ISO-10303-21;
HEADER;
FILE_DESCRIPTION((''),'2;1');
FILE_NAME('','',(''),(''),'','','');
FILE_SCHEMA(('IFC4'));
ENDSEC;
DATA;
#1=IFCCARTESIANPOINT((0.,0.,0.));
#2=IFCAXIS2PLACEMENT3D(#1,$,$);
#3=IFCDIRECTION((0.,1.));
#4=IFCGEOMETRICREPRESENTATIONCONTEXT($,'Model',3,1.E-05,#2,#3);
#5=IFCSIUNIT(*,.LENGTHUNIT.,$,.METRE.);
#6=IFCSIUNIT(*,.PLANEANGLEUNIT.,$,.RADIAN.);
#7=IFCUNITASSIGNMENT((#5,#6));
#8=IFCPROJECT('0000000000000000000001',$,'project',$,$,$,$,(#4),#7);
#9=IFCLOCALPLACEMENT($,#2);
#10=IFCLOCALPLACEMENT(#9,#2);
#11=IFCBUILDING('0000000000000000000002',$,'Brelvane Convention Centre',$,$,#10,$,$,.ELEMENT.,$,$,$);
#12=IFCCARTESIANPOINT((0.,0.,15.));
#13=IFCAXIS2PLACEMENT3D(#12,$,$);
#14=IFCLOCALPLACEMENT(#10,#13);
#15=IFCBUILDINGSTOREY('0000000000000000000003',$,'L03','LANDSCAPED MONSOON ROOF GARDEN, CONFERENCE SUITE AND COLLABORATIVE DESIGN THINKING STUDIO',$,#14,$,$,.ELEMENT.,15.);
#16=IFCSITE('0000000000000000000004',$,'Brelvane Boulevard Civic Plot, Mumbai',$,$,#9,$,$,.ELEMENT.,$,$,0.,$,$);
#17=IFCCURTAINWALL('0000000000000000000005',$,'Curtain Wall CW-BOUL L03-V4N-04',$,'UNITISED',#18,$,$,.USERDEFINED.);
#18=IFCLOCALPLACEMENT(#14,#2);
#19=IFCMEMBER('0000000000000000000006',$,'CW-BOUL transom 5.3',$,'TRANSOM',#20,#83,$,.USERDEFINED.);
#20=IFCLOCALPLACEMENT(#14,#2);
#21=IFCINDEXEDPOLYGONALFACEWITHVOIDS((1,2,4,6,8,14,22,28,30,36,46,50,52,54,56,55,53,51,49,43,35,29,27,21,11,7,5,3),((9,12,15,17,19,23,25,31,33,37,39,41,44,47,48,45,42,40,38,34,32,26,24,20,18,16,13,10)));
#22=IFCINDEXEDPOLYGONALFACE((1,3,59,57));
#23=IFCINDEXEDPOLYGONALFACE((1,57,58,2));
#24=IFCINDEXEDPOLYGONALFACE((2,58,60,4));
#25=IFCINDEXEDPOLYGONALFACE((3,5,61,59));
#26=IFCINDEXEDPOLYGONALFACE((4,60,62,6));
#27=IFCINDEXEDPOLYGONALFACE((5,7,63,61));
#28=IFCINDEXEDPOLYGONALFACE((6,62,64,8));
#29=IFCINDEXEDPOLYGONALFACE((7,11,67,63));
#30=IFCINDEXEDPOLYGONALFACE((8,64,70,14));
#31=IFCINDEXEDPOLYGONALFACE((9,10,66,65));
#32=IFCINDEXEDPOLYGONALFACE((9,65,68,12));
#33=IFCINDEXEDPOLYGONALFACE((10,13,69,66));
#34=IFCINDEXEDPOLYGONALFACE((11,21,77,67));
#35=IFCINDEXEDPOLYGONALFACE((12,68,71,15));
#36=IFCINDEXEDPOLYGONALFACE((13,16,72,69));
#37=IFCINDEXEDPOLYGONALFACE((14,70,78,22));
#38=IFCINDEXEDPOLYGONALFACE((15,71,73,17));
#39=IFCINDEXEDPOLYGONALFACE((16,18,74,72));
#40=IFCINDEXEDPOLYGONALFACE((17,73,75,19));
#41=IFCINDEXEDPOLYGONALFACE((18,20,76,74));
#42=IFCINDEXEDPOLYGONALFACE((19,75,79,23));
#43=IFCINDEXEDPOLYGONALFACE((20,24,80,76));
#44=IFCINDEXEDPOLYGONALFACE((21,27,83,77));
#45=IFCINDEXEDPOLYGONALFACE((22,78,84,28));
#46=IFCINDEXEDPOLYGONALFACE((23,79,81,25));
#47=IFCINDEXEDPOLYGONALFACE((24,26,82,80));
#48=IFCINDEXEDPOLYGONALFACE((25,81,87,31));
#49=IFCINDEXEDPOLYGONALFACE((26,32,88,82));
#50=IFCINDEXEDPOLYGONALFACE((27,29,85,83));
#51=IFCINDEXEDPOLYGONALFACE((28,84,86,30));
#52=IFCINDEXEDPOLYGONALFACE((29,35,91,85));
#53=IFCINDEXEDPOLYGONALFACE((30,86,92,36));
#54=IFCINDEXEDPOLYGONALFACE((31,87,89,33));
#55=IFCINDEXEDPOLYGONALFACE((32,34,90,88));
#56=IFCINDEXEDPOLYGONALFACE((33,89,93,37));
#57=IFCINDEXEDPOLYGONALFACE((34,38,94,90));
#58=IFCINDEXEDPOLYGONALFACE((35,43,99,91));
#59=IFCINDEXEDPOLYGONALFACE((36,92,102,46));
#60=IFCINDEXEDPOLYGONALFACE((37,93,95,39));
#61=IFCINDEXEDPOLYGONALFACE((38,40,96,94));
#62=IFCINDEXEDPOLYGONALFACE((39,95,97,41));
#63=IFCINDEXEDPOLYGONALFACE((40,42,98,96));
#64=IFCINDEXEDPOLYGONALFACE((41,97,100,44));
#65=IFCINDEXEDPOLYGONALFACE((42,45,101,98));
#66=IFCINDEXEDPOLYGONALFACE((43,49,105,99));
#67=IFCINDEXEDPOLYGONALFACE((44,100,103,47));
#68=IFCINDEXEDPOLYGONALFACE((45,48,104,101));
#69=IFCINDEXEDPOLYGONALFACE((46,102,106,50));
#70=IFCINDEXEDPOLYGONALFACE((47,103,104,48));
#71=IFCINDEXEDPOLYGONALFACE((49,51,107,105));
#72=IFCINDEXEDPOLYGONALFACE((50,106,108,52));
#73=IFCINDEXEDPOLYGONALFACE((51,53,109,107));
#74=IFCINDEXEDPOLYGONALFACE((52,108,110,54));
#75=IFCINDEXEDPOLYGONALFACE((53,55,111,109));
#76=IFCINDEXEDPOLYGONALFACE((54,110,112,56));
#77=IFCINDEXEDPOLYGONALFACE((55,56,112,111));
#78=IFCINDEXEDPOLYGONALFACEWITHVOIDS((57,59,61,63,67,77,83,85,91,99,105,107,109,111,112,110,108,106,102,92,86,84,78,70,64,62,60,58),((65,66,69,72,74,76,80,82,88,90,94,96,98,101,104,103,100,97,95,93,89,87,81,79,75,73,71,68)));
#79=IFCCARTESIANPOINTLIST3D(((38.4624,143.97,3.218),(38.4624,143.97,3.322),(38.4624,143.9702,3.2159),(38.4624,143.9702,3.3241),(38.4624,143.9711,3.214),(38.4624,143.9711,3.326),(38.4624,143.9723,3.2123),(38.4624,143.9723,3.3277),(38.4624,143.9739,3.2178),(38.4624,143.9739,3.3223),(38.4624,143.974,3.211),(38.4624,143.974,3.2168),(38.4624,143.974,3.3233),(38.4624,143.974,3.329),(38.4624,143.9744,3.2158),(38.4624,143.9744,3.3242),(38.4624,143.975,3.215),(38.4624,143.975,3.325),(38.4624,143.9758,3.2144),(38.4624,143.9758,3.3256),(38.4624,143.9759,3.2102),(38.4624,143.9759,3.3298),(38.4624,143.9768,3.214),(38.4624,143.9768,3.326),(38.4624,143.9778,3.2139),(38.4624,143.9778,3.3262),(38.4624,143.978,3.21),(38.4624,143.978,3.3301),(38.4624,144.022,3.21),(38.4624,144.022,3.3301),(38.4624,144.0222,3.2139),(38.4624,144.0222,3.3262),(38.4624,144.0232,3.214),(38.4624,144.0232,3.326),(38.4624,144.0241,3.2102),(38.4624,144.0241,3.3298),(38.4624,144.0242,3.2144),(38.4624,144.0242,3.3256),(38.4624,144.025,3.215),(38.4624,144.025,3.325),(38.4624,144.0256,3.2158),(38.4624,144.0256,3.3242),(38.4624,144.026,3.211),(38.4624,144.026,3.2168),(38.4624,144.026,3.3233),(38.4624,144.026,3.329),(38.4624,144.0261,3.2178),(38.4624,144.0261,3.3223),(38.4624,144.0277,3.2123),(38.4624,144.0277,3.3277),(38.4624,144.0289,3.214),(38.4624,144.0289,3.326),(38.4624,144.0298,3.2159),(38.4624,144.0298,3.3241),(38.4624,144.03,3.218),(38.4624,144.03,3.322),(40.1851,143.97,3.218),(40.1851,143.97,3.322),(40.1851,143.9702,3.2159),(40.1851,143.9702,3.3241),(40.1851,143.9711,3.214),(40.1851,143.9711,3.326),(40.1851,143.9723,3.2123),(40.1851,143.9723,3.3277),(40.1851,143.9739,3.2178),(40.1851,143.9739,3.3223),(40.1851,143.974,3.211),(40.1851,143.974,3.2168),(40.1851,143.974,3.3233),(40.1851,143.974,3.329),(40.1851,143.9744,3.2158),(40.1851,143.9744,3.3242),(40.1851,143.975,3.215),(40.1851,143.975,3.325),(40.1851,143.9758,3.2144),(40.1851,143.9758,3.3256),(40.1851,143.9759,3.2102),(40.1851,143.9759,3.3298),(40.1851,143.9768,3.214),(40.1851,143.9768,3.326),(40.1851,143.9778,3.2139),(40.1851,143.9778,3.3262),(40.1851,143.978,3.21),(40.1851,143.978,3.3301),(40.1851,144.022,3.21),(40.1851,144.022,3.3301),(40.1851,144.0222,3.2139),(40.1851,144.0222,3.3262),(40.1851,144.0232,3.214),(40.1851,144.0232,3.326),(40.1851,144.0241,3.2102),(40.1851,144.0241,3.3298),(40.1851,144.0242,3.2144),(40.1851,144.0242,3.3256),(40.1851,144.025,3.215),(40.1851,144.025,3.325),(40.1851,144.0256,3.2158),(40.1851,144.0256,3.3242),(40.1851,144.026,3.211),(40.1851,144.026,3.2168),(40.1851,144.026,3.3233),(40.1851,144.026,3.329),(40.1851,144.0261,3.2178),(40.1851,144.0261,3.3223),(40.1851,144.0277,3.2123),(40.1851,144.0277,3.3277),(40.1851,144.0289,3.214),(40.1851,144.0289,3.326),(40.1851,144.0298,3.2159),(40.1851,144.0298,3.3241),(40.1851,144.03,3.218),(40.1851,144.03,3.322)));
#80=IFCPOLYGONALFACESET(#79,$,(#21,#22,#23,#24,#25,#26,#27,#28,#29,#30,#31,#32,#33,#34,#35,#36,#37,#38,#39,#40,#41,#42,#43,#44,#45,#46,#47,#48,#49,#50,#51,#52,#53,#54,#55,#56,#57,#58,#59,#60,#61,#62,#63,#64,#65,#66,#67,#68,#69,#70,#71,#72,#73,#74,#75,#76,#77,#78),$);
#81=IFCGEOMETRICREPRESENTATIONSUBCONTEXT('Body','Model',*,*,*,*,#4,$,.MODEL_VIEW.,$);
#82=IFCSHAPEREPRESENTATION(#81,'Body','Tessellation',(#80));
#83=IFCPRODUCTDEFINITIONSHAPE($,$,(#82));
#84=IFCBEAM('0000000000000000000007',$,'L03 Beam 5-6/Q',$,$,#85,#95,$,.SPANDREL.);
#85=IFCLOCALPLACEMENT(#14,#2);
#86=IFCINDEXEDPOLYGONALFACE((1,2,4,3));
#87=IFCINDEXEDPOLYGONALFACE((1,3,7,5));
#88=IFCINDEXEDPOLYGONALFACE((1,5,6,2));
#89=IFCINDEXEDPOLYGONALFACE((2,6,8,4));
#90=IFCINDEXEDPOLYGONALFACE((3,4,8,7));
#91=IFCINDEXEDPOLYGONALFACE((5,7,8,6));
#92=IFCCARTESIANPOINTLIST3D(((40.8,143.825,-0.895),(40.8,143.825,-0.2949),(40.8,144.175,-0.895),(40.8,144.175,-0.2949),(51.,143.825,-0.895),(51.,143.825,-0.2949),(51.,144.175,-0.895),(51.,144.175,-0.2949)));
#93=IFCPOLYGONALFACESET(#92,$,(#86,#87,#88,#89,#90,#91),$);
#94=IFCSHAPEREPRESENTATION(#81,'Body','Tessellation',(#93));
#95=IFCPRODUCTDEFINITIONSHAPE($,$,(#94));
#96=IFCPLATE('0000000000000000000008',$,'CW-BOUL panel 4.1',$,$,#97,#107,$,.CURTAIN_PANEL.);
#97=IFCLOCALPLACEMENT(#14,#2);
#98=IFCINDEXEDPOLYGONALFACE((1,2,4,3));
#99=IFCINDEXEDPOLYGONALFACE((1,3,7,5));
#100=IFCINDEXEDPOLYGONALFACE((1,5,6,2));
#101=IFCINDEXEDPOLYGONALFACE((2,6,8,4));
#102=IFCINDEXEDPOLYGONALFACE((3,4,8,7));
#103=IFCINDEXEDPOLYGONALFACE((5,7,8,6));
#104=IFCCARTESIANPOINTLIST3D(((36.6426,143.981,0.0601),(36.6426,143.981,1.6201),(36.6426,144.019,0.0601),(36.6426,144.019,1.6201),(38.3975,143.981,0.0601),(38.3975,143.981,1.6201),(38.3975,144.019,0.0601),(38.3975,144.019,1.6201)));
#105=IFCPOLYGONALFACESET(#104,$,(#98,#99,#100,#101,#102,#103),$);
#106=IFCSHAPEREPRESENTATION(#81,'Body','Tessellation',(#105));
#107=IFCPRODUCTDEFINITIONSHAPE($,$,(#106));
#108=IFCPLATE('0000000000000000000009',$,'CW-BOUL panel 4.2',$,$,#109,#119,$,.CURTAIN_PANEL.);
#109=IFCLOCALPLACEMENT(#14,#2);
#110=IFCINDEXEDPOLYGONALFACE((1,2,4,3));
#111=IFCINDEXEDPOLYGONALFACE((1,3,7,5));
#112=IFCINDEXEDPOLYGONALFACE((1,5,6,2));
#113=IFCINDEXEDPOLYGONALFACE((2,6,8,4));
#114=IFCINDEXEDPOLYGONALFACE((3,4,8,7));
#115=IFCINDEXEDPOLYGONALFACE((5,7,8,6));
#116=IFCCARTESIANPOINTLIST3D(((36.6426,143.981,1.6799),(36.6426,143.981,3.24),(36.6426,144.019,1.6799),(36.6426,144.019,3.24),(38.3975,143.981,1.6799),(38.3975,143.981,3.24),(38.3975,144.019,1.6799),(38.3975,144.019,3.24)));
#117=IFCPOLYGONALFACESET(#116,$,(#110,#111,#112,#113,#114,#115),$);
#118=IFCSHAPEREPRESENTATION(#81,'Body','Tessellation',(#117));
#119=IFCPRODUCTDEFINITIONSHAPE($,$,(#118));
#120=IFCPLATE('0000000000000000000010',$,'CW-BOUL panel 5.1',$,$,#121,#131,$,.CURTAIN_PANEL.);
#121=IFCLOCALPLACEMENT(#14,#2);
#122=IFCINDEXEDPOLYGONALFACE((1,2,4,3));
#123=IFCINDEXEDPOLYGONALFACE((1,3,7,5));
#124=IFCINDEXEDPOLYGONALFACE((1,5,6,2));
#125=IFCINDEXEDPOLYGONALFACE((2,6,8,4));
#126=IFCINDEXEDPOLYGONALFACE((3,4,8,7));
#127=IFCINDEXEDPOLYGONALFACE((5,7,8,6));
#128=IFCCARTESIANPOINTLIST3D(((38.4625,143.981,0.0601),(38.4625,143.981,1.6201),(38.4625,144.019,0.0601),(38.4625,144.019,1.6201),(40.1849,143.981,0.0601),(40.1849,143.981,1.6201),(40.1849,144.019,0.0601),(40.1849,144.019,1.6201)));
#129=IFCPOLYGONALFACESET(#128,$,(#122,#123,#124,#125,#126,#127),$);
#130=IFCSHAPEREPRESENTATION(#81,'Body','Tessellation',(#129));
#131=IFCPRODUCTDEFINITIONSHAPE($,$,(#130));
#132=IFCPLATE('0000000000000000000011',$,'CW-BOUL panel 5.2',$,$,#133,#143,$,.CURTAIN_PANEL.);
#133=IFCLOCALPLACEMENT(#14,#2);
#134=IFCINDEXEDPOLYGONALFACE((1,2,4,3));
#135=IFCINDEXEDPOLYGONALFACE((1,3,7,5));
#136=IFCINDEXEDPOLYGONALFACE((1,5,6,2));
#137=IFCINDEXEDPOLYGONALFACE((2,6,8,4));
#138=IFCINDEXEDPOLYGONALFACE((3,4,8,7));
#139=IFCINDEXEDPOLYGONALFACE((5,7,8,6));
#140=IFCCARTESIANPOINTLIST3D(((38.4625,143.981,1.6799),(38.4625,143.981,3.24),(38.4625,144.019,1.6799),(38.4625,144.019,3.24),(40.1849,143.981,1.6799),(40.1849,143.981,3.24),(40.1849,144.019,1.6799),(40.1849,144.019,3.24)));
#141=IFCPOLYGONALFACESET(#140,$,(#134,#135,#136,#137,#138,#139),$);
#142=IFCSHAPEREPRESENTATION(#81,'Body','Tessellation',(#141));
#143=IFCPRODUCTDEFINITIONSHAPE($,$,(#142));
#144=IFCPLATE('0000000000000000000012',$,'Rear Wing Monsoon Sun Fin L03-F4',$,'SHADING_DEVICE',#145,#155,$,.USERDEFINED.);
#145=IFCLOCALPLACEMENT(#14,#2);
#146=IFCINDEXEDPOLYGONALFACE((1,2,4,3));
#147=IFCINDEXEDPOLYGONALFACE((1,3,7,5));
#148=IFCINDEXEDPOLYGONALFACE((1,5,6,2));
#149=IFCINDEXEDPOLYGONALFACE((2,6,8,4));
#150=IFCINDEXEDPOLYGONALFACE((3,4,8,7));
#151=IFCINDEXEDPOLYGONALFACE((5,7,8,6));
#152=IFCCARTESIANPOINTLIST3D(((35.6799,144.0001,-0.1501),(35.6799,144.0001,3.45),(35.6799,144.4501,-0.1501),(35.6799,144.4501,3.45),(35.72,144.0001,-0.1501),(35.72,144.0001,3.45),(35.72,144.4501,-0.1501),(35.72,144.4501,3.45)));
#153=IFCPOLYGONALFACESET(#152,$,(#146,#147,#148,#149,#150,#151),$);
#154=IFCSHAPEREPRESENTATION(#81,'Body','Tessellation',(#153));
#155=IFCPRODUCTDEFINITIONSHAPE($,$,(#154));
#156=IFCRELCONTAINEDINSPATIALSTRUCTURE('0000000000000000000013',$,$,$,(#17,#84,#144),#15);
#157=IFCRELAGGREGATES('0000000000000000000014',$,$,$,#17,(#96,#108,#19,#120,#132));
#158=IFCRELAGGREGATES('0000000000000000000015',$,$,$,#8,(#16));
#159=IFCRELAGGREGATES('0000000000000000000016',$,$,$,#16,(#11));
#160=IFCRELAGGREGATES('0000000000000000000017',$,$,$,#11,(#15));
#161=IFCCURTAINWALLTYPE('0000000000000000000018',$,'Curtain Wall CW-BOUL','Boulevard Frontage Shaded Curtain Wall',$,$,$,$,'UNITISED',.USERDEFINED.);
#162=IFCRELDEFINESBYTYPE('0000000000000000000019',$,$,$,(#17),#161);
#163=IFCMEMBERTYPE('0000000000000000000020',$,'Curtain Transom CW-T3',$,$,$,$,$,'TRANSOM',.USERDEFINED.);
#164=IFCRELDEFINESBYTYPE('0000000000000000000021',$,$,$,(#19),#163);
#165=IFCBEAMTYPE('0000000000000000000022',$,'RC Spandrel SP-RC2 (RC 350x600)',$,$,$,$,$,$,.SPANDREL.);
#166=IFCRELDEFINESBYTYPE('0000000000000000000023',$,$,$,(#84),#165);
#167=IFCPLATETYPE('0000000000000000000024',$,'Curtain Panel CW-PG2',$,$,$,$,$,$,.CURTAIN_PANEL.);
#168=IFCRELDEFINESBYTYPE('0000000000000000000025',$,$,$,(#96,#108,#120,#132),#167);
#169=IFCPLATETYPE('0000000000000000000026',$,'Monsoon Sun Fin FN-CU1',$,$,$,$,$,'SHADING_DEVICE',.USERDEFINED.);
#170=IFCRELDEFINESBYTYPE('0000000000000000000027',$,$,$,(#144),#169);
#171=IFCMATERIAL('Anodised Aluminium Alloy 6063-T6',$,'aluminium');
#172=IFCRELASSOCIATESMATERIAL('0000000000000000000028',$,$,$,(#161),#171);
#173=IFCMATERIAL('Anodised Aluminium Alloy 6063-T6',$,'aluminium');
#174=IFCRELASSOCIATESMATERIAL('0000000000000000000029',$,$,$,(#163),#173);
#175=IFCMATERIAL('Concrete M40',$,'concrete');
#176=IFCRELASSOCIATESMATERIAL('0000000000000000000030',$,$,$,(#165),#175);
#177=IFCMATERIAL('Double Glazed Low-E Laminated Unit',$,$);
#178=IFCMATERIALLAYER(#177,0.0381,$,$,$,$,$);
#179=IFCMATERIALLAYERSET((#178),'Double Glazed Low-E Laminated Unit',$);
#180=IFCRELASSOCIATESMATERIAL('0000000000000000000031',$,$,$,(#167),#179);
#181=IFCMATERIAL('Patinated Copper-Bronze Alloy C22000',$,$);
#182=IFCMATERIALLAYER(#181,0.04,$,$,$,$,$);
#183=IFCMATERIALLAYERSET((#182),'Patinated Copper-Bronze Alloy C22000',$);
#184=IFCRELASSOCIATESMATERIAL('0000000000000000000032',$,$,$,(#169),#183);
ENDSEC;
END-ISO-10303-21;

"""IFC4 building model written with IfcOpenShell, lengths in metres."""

from ifc_helpers import new_model, si_unit, direction, frame, origin, origin_2d, place, context, subcontext, project, spatial, rectangle, hollow_rectangle, extrude, material, layer, layer_set, material_profile, profile_set, type_object, element, aggregate, save


model = new_model("IFC4")

# Units and contexts
model_context = context("Model", 3, precision=1e-05, world=origin(), true_north=direction((0.0, 1.0)))
body_context = subcontext(model_context, "Body", "Model", "MODEL_VIEW")
ifc_project = project(units=[si_unit("LENGTHUNIT", "METRE"), si_unit("PLANEANGLEUNIT", "RADIAN")], contexts=[model_context])

# Site, building, storey
site_placement = place(None, origin())
site = spatial("IfcSite", under=ifc_project, at=site_placement, Name="Brelvane Boulevard Civic Plot, Mumbai", CompositionType="ELEMENT", RefElevation=0.0)
building_placement = place(site_placement, origin())
building = spatial("IfcBuilding", under=site, at=building_placement, Name="Brelvane Convention Centre", CompositionType="ELEMENT")
storey_placement = place(building_placement, frame((0.0, 0.0, 15.0)))
storey = spatial("IfcBuildingStorey", under=building, at=storey_placement, Name="L03", Description="LANDSCAPED MONSOON ROOF GARDEN, CONFERENCE SUITE AND COLLABORATIVE DESIGN THINKING STUDIO", CompositionType="ELEMENT", Elevation=15.0)

# Curtain wall, member
ifc_material_1 = material(Name="Anodised Aluminium Alloy 6063-T6", Category="aluminium")
curtain_wall_type = type_object("IfcCurtainWallType", Name="Curtain Wall CW-BOUL", Description="Boulevard Frontage Shaded Curtain Wall", ElementType="UNITISED", PredefinedType="USERDEFINED", material=ifc_material_1)
curtain_wall_placement = place(storey_placement, origin())
curtain_wall = element("IfcCurtainWall", 1, at=curtain_wall_placement, inside=storey, type_object=curtain_wall_type, Name="Curtain Wall CW-BOUL L03-V4N-04", ObjectType="UNITISED", PredefinedType="USERDEFINED")
ifc_material_2 = material(Name="Anodised Aluminium Alloy 6063-T6", Category="aluminium")
ifc_material_profile_1 = material_profile(ifc_material_2, hollow_rectangle(XDim=0.0601, YDim=0.1201, WallThickness=0.0039, InnerFilletRadius=0.0039, OuterFilletRadius=0.0081, at=origin_2d()), Name="ALU-T 120x60x4.0")
ifc_profile_set_1 = profile_set([ifc_material_profile_1], Name="Anodised Aluminium Alloy 6063-T6")
member_type_1 = type_object("IfcMemberType", Name="Curtain Transom CW-T3", ElementType="TRANSOM", PredefinedType="USERDEFINED", material=ifc_profile_set_1)
member_1_placement = place(storey_placement, frame((38.4624, 144.0, 3.27), z_axis=(1.0, 0.0, 0.0), x_axis=(0.0, 1.0, 0.0)))
member_1 = element("IfcMember", 2, at=member_1_placement, type_object=member_type_1, Name="CW-BOUL transom 5.3", ObjectType="TRANSOM", PredefinedType="USERDEFINED", context=body_context, shape_type="SweptSolid", body=[
    extrude(hollow_rectangle(XDim=0.0601, YDim=0.1201, WallThickness=0.0039, InnerFilletRadius=0.0039, OuterFilletRadius=0.0081, at=origin_2d()), origin(), (0.0, 0.0, 1.0), 1.7227),
])

# Beam
ifc_material_3 = material(Name="Concrete M40", Category="concrete")
ifc_material_profile_2 = material_profile(ifc_material_3, rectangle(XDim=0.3501, YDim=0.6001, at=origin_2d()), Name="RC 350x600")
ifc_profile_set_2 = profile_set([ifc_material_profile_2], Name="Concrete M40")
beam_type = type_object("IfcBeamType", Name="RC Spandrel SP-RC2 (RC 350x600)", PredefinedType="SPANDREL", material=ifc_profile_set_2)
beam_placement = place(storey_placement, frame((40.8, 144.0, -0.595), z_axis=(1.0, 0.0, 0.0), x_axis=(0.0, 1.0, 0.0)))
element("IfcBeam", 3, at=beam_placement, inside=storey, type_object=beam_type, Name="L03 Beam 5-6/Q", PredefinedType="SPANDREL", context=body_context, shape_type="SweptSolid", body=[
    extrude(rectangle(XDim=0.3501, YDim=0.6001, at=origin_2d()), origin(), (0.0, 0.0, 1.0), 10.2),
])

# Plates
ifc_material_4 = material(Name="Double Glazed Low-E Laminated Unit")
ifc_layer_1 = layer(ifc_material_4, 0.0381)
ifc_layer_set_1 = layer_set([ifc_layer_1], Name="Double Glazed Low-E Laminated Unit")
plate_type_1 = type_object("IfcPlateType", Name="Curtain Panel CW-PG2", PredefinedType="CURTAIN_PANEL", material=ifc_layer_set_1)
plate_1_placement = place(storey_placement, frame((37.52, 144.0, 0.0601), z_axis=(0.0, 0.0, 1.0), x_axis=(1.0, 0.0, 0.0)))
plate_1 = element("IfcPlate", 4, at=plate_1_placement, type_object=plate_type_1, Name="CW-BOUL panel 4.1", PredefinedType="CURTAIN_PANEL", context=body_context, shape_type="SweptSolid", body=[
    extrude(rectangle(XDim=1.7549, YDim=0.0381, at=origin_2d()), origin(), (0.0, 0.0, 1.0), 1.5601),
])
plate_2_placement = place(storey_placement, frame((37.52, 144.0, 1.6799), z_axis=(0.0, 0.0, 1.0), x_axis=(1.0, 0.0, 0.0)))
plate_2 = element("IfcPlate", 5, at=plate_2_placement, type_object=plate_type_1, Name="CW-BOUL panel 4.2", PredefinedType="CURTAIN_PANEL", context=body_context, shape_type="SweptSolid", body=[
    extrude(rectangle(XDim=1.7549, YDim=0.0381, at=origin_2d()), origin(), (0.0, 0.0, 1.0), 1.5601),
])
plate_3_placement = place(storey_placement, frame((39.3237, 144.0, 0.0601), z_axis=(0.0, 0.0, 1.0), x_axis=(1.0, 0.0, 0.0)))
plate_3 = element("IfcPlate", 6, at=plate_3_placement, type_object=plate_type_1, Name="CW-BOUL panel 5.1", PredefinedType="CURTAIN_PANEL", context=body_context, shape_type="SweptSolid", body=[
    extrude(rectangle(XDim=1.7224, YDim=0.0381, at=origin_2d()), origin(), (0.0, 0.0, 1.0), 1.5601),
])
plate_4_placement = place(storey_placement, frame((39.3237, 144.0, 1.6799), z_axis=(0.0, 0.0, 1.0), x_axis=(1.0, 0.0, 0.0)))
plate_4 = element("IfcPlate", 7, at=plate_4_placement, type_object=plate_type_1, Name="CW-BOUL panel 5.2", PredefinedType="CURTAIN_PANEL", context=body_context, shape_type="SweptSolid", body=[
    extrude(rectangle(XDim=1.7224, YDim=0.0381, at=origin_2d()), origin(), (0.0, 0.0, 1.0), 1.5601),
])
aggregate(curtain_wall, [plate_1, plate_2, member_1, plate_3, plate_4])
ifc_material_5 = material(Name="Patinated Copper-Bronze Alloy C22000")
ifc_layer_2 = layer(ifc_material_5, 0.04)
ifc_layer_set_2 = layer_set([ifc_layer_2], Name="Patinated Copper-Bronze Alloy C22000")
plate_type_2 = type_object("IfcPlateType", Name="Monsoon Sun Fin FN-CU1", ElementType="SHADING_DEVICE", PredefinedType="USERDEFINED", material=ifc_layer_set_2)
plate_5_placement = place(storey_placement, frame((35.7, 144.2251, -0.1501), z_axis=(0.0, 0.0, 1.0), x_axis=(1.0, 0.0, 0.0)))
element("IfcPlate", 8, at=plate_5_placement, inside=storey, type_object=plate_type_2, Name="Rear Wing Monsoon Sun Fin L03-F4", ObjectType="SHADING_DEVICE", PredefinedType="USERDEFINED", context=body_context, shape_type="SweptSolid", body=[
    extrude(rectangle(XDim=0.04, YDim=0.45, at=origin_2d()), origin(), (0.0, 0.0, 1.0), 3.6001),
])

save(model, "model.ifc")
